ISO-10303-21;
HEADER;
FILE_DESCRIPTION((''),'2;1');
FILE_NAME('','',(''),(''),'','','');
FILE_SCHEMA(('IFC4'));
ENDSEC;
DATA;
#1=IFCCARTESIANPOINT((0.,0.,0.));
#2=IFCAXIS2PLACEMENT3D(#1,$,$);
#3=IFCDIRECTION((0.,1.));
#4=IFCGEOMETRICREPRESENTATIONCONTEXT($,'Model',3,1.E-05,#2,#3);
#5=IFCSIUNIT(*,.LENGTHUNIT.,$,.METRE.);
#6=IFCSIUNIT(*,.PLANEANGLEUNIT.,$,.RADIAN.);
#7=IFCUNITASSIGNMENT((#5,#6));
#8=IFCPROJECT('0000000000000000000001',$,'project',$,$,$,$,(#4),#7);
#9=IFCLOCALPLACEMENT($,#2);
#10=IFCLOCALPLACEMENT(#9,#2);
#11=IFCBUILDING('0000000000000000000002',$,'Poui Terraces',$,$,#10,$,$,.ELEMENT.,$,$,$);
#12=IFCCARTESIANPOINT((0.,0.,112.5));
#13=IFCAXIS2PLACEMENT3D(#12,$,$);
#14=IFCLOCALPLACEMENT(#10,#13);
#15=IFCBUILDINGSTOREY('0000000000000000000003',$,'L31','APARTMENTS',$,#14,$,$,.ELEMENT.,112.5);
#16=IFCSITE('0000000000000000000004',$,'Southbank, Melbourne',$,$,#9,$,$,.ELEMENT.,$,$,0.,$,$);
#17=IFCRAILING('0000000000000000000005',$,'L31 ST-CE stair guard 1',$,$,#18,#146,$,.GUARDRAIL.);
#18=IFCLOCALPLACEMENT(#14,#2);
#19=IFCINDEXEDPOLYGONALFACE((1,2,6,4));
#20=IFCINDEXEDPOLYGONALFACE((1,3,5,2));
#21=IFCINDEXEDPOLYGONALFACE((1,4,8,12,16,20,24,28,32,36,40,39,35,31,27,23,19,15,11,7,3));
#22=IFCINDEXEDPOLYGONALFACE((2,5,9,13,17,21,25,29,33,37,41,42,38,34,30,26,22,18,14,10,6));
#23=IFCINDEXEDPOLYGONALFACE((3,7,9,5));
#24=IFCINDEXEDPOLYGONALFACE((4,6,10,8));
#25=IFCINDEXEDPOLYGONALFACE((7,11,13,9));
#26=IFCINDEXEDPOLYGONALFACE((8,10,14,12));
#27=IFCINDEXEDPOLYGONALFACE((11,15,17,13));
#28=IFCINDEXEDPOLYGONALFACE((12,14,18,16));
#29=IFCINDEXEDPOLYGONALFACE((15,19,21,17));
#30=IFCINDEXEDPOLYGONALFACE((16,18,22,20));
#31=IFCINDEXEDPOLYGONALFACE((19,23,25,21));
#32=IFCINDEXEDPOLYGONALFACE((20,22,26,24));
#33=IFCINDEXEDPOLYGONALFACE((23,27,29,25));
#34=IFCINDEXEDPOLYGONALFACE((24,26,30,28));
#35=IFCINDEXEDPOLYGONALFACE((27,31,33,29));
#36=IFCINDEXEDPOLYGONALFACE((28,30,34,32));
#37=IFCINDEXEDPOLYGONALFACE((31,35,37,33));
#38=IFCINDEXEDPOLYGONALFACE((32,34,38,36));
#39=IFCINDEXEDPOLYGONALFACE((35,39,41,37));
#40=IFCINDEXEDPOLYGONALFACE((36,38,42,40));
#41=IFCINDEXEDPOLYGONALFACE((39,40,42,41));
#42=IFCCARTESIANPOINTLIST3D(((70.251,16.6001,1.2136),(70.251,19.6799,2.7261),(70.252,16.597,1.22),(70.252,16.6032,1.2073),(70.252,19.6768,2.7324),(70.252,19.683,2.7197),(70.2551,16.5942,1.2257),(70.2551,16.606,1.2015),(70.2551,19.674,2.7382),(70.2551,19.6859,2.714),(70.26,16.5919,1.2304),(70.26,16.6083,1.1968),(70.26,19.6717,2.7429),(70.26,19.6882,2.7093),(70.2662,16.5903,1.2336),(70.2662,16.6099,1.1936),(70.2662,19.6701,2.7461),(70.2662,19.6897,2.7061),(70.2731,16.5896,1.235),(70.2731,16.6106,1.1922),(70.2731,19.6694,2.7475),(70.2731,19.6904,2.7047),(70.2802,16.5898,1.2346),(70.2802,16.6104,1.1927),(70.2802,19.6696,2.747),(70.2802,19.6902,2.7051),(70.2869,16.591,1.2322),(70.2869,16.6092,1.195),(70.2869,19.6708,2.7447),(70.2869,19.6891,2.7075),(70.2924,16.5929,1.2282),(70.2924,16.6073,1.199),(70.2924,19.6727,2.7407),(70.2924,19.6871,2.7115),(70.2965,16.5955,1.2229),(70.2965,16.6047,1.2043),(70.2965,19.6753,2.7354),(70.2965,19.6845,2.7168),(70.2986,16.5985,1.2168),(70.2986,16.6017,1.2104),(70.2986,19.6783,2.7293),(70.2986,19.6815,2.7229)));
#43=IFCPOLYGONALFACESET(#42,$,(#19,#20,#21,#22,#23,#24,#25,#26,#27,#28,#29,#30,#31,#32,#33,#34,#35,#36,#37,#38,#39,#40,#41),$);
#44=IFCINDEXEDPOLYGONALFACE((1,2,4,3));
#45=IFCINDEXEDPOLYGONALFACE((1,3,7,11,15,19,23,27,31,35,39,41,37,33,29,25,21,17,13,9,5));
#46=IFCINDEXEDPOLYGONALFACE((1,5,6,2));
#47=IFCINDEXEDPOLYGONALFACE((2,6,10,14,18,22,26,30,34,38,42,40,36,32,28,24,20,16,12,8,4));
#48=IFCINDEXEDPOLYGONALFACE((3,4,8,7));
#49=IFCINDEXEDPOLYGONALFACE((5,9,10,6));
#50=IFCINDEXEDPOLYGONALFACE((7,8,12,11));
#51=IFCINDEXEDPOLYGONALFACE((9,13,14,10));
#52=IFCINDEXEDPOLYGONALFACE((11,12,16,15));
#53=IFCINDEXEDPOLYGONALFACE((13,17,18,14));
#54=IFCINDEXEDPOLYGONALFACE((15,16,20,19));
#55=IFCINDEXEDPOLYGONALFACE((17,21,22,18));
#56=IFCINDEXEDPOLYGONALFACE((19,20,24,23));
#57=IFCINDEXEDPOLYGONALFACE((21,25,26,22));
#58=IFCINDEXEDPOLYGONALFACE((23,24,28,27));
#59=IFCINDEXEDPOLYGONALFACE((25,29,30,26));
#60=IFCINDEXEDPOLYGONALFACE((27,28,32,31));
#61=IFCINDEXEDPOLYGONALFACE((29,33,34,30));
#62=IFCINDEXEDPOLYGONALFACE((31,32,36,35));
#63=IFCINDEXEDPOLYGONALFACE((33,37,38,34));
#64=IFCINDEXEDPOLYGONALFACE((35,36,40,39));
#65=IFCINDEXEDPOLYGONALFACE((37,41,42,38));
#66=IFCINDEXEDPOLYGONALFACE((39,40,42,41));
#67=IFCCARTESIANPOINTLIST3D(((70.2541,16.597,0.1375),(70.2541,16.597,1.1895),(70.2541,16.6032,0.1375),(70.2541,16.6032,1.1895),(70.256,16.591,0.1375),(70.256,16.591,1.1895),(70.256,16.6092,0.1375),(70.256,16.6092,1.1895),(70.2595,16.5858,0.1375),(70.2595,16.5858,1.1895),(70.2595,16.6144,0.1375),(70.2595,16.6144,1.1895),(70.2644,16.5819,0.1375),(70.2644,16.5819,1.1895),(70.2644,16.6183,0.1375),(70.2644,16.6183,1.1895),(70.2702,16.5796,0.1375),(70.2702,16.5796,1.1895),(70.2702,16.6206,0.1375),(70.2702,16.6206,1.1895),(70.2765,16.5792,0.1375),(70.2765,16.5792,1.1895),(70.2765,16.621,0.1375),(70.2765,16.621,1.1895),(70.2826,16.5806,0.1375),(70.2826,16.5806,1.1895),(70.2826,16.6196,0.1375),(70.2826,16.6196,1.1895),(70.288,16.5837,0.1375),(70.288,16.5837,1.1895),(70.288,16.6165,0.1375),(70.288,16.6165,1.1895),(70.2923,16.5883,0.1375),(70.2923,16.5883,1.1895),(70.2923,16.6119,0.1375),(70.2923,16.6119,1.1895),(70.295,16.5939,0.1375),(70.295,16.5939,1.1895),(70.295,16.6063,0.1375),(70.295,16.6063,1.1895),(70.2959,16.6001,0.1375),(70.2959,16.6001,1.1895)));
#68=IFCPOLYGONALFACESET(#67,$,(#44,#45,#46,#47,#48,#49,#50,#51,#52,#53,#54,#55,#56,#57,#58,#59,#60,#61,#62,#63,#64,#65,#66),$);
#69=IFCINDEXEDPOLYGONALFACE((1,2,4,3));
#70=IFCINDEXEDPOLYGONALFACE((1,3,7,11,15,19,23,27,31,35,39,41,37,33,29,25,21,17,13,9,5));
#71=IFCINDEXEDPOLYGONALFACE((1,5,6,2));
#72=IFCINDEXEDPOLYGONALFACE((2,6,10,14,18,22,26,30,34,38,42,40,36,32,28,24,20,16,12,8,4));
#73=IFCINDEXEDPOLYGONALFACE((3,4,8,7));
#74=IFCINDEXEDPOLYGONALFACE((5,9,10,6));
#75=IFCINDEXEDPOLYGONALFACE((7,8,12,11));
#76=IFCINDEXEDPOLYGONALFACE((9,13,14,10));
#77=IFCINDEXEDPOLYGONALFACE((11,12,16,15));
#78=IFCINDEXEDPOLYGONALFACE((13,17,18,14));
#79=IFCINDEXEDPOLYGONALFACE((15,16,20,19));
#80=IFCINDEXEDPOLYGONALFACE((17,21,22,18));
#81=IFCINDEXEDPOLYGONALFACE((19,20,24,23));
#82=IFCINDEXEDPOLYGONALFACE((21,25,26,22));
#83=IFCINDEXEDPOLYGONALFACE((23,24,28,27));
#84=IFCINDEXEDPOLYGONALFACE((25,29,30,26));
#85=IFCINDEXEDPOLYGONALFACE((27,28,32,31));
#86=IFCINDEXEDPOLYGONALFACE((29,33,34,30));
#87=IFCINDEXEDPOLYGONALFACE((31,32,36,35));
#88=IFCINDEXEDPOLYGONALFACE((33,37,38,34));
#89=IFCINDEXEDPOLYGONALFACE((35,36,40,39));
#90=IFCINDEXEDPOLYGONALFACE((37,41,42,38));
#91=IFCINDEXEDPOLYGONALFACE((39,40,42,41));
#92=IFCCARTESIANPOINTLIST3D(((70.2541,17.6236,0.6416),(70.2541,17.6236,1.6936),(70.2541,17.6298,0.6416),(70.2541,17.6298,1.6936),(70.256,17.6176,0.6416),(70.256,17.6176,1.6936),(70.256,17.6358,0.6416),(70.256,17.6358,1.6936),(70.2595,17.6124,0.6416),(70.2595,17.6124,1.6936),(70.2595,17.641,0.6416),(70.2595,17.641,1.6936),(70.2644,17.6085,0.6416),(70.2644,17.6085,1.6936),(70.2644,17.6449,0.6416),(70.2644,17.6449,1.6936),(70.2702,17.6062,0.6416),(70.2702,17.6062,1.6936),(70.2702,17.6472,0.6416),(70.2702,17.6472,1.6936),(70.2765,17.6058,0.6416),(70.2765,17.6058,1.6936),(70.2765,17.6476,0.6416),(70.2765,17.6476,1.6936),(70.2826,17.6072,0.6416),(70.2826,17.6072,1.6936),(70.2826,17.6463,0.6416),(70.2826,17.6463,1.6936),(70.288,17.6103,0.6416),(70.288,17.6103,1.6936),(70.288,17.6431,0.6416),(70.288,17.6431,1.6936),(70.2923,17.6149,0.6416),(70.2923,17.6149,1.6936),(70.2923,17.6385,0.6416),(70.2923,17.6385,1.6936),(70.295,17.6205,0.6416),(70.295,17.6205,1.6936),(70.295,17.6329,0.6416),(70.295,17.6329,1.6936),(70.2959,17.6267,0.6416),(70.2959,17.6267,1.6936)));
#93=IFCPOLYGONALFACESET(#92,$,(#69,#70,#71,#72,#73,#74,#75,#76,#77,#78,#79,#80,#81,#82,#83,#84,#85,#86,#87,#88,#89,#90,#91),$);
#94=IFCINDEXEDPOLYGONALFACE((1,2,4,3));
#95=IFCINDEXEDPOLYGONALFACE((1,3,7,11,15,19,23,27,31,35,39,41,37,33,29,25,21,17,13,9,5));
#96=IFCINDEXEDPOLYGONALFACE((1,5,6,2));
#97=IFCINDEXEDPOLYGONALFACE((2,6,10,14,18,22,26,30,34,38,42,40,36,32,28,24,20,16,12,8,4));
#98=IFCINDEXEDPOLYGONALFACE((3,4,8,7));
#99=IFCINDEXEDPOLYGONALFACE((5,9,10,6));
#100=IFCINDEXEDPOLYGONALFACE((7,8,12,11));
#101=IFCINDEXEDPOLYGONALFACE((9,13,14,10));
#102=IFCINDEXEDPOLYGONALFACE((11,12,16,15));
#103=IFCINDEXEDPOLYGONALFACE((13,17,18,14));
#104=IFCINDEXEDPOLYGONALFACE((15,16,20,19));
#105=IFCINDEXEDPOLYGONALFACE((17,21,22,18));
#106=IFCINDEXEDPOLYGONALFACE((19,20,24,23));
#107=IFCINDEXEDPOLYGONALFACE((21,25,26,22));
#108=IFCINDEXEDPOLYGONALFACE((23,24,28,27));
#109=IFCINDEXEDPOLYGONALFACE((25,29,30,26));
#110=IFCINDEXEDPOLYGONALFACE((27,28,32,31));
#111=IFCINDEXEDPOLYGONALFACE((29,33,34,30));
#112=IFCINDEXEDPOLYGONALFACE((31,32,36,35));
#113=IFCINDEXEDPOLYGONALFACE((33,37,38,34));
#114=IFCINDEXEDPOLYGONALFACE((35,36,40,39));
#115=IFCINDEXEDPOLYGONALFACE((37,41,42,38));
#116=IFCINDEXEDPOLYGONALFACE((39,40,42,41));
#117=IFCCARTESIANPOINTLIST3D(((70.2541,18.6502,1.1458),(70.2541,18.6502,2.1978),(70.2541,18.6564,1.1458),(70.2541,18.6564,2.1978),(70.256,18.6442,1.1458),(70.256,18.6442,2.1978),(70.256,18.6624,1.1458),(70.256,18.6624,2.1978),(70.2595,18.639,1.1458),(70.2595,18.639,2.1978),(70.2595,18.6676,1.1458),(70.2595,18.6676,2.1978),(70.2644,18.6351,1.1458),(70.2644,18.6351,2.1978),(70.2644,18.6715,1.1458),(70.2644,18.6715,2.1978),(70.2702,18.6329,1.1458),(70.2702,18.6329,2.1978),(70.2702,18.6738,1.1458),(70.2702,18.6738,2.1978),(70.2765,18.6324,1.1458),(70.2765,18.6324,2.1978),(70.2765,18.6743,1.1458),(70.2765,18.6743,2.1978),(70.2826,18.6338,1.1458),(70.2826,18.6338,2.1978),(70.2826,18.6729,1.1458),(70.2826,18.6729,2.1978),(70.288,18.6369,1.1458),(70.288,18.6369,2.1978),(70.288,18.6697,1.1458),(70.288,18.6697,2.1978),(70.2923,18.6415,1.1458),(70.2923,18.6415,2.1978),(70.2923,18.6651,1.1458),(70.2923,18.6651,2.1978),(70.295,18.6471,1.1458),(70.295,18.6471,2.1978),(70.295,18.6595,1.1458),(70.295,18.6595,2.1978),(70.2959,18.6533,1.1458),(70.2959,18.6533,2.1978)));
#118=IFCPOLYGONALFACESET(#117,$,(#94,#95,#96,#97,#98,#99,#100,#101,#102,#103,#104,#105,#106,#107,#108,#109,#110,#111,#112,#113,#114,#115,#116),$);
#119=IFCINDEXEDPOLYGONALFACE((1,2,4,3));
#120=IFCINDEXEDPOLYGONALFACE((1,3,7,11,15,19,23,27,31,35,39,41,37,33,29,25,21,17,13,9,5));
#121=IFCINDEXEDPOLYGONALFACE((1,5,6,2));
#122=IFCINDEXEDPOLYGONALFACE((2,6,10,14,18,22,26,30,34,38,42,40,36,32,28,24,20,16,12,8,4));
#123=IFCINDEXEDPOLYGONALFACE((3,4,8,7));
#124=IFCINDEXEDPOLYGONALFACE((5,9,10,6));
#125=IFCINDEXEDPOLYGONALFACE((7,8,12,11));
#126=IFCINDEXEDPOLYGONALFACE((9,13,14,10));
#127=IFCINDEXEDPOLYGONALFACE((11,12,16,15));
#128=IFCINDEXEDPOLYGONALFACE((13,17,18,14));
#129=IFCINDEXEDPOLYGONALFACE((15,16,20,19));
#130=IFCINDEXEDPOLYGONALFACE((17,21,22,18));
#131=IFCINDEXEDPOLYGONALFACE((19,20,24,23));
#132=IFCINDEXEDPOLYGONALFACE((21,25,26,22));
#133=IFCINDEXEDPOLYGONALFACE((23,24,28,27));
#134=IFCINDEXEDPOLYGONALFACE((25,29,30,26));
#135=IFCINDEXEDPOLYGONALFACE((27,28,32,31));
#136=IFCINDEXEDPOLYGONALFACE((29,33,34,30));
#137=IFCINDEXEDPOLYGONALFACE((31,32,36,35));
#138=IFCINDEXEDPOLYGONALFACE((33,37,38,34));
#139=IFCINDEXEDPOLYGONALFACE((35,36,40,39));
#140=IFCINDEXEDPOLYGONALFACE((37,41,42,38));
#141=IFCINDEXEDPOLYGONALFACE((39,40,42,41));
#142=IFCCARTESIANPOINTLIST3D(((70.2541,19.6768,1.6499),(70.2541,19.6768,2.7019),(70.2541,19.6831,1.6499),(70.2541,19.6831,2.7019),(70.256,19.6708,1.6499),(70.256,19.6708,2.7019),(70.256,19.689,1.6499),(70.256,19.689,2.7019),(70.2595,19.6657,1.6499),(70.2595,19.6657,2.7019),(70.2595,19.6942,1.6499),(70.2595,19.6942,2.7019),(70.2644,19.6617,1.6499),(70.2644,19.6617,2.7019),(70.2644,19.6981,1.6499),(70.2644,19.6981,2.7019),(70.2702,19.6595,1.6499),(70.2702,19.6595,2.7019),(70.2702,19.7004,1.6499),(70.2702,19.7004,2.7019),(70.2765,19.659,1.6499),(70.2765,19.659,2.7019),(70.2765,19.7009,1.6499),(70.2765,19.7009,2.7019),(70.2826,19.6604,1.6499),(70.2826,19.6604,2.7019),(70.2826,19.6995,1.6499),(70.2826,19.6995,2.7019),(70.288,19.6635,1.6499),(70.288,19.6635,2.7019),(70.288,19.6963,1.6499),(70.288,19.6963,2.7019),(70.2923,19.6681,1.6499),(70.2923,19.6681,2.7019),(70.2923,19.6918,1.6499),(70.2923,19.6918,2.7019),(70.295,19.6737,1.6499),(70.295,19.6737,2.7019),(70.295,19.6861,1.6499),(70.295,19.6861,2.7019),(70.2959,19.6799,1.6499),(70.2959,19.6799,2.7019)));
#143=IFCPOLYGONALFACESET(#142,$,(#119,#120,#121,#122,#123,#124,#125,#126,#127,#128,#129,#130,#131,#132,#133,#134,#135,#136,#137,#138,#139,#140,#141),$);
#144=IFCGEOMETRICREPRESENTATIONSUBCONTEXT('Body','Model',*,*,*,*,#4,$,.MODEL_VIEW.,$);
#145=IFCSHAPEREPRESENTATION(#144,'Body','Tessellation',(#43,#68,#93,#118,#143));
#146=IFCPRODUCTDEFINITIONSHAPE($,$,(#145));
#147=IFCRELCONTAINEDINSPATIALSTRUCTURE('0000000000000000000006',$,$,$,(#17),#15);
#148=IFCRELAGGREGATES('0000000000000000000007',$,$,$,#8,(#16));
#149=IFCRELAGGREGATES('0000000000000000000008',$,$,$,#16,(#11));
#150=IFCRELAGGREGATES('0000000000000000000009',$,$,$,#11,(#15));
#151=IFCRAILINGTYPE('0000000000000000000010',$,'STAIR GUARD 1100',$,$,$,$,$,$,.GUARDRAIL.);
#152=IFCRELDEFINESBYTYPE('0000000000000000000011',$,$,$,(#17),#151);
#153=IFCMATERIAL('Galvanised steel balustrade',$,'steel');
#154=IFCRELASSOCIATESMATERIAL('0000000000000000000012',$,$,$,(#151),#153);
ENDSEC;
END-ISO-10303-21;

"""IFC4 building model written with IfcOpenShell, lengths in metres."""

from ifc_helpers import new_model, si_unit, direction, frame, origin, origin_2d, place, context, subcontext, project, spatial, circle, extrude, material, type_object, element, save


model = new_model("IFC4")

# Units and contexts
model_context = context("Model", 3, precision=1e-05, world=origin(), true_north=direction((0.0, 1.0)))
body_context = subcontext(model_context, "Body", "Model", "MODEL_VIEW")
ifc_project = project(units=[si_unit("LENGTHUNIT", "METRE"), si_unit("PLANEANGLEUNIT", "RADIAN")], contexts=[model_context])

# Site, building, storey
site_placement = place(None, origin())
site = spatial("IfcSite", under=ifc_project, at=site_placement, Name="Southbank, Melbourne", CompositionType="ELEMENT", RefElevation=0.0)
building_placement = place(site_placement, origin())
building = spatial("IfcBuilding", under=site, at=building_placement, Name="Poui Terraces", CompositionType="ELEMENT")
storey_placement = place(building_placement, frame((0.0, 0.0, 112.5)))
storey = spatial("IfcBuildingStorey", under=building, at=storey_placement, Name="L31", Description="APARTMENTS", CompositionType="ELEMENT", Elevation=112.5)

# Railing
ifc_material_1 = material(Name="Galvanised steel balustrade", Category="steel")
railing_type_1 = type_object("IfcRailingType", Name="STAIR GUARD 1100", PredefinedType="GUARDRAIL", material=ifc_material_1)
railing_1_placement = place(storey_placement, frame((70.2749, 16.6001, 0.1375)))
element("IfcRailing", 1, at=railing_1_placement, inside=storey, type_object=railing_type_1, Name="L31 ST-CE stair guard 1", PredefinedType="GUARDRAIL", context=body_context, shape_type="SweptSolid", body=[
    extrude(circle(Radius=0.0239, at=origin_2d()), frame((0.0, 0.0, 1.0762), z_axis=(0.0, 0.897606, 0.440798), x_axis=(-1.0, 0.0, 0.0)), (0.0, 0.0, 1.0), 3.4312),
    extrude(circle(Radius=0.021, at=origin_2d()), origin(), (0.0, 0.0, 1.0), 1.052),
    extrude(circle(Radius=0.021, at=origin_2d()), frame((0.0, 1.0266, 0.5042)), (0.0, 0.0, 1.0), 1.052),
    extrude(circle(Radius=0.021, at=origin_2d()), frame((0.0, 2.0532, 1.0083)), (0.0, 0.0, 1.0), 1.052),
    extrude(circle(Radius=0.021, at=origin_2d()), frame((0.0, 3.0798, 1.5125)), (0.0, 0.0, 1.0), 1.052),
])

save(model, "model.ifc")
